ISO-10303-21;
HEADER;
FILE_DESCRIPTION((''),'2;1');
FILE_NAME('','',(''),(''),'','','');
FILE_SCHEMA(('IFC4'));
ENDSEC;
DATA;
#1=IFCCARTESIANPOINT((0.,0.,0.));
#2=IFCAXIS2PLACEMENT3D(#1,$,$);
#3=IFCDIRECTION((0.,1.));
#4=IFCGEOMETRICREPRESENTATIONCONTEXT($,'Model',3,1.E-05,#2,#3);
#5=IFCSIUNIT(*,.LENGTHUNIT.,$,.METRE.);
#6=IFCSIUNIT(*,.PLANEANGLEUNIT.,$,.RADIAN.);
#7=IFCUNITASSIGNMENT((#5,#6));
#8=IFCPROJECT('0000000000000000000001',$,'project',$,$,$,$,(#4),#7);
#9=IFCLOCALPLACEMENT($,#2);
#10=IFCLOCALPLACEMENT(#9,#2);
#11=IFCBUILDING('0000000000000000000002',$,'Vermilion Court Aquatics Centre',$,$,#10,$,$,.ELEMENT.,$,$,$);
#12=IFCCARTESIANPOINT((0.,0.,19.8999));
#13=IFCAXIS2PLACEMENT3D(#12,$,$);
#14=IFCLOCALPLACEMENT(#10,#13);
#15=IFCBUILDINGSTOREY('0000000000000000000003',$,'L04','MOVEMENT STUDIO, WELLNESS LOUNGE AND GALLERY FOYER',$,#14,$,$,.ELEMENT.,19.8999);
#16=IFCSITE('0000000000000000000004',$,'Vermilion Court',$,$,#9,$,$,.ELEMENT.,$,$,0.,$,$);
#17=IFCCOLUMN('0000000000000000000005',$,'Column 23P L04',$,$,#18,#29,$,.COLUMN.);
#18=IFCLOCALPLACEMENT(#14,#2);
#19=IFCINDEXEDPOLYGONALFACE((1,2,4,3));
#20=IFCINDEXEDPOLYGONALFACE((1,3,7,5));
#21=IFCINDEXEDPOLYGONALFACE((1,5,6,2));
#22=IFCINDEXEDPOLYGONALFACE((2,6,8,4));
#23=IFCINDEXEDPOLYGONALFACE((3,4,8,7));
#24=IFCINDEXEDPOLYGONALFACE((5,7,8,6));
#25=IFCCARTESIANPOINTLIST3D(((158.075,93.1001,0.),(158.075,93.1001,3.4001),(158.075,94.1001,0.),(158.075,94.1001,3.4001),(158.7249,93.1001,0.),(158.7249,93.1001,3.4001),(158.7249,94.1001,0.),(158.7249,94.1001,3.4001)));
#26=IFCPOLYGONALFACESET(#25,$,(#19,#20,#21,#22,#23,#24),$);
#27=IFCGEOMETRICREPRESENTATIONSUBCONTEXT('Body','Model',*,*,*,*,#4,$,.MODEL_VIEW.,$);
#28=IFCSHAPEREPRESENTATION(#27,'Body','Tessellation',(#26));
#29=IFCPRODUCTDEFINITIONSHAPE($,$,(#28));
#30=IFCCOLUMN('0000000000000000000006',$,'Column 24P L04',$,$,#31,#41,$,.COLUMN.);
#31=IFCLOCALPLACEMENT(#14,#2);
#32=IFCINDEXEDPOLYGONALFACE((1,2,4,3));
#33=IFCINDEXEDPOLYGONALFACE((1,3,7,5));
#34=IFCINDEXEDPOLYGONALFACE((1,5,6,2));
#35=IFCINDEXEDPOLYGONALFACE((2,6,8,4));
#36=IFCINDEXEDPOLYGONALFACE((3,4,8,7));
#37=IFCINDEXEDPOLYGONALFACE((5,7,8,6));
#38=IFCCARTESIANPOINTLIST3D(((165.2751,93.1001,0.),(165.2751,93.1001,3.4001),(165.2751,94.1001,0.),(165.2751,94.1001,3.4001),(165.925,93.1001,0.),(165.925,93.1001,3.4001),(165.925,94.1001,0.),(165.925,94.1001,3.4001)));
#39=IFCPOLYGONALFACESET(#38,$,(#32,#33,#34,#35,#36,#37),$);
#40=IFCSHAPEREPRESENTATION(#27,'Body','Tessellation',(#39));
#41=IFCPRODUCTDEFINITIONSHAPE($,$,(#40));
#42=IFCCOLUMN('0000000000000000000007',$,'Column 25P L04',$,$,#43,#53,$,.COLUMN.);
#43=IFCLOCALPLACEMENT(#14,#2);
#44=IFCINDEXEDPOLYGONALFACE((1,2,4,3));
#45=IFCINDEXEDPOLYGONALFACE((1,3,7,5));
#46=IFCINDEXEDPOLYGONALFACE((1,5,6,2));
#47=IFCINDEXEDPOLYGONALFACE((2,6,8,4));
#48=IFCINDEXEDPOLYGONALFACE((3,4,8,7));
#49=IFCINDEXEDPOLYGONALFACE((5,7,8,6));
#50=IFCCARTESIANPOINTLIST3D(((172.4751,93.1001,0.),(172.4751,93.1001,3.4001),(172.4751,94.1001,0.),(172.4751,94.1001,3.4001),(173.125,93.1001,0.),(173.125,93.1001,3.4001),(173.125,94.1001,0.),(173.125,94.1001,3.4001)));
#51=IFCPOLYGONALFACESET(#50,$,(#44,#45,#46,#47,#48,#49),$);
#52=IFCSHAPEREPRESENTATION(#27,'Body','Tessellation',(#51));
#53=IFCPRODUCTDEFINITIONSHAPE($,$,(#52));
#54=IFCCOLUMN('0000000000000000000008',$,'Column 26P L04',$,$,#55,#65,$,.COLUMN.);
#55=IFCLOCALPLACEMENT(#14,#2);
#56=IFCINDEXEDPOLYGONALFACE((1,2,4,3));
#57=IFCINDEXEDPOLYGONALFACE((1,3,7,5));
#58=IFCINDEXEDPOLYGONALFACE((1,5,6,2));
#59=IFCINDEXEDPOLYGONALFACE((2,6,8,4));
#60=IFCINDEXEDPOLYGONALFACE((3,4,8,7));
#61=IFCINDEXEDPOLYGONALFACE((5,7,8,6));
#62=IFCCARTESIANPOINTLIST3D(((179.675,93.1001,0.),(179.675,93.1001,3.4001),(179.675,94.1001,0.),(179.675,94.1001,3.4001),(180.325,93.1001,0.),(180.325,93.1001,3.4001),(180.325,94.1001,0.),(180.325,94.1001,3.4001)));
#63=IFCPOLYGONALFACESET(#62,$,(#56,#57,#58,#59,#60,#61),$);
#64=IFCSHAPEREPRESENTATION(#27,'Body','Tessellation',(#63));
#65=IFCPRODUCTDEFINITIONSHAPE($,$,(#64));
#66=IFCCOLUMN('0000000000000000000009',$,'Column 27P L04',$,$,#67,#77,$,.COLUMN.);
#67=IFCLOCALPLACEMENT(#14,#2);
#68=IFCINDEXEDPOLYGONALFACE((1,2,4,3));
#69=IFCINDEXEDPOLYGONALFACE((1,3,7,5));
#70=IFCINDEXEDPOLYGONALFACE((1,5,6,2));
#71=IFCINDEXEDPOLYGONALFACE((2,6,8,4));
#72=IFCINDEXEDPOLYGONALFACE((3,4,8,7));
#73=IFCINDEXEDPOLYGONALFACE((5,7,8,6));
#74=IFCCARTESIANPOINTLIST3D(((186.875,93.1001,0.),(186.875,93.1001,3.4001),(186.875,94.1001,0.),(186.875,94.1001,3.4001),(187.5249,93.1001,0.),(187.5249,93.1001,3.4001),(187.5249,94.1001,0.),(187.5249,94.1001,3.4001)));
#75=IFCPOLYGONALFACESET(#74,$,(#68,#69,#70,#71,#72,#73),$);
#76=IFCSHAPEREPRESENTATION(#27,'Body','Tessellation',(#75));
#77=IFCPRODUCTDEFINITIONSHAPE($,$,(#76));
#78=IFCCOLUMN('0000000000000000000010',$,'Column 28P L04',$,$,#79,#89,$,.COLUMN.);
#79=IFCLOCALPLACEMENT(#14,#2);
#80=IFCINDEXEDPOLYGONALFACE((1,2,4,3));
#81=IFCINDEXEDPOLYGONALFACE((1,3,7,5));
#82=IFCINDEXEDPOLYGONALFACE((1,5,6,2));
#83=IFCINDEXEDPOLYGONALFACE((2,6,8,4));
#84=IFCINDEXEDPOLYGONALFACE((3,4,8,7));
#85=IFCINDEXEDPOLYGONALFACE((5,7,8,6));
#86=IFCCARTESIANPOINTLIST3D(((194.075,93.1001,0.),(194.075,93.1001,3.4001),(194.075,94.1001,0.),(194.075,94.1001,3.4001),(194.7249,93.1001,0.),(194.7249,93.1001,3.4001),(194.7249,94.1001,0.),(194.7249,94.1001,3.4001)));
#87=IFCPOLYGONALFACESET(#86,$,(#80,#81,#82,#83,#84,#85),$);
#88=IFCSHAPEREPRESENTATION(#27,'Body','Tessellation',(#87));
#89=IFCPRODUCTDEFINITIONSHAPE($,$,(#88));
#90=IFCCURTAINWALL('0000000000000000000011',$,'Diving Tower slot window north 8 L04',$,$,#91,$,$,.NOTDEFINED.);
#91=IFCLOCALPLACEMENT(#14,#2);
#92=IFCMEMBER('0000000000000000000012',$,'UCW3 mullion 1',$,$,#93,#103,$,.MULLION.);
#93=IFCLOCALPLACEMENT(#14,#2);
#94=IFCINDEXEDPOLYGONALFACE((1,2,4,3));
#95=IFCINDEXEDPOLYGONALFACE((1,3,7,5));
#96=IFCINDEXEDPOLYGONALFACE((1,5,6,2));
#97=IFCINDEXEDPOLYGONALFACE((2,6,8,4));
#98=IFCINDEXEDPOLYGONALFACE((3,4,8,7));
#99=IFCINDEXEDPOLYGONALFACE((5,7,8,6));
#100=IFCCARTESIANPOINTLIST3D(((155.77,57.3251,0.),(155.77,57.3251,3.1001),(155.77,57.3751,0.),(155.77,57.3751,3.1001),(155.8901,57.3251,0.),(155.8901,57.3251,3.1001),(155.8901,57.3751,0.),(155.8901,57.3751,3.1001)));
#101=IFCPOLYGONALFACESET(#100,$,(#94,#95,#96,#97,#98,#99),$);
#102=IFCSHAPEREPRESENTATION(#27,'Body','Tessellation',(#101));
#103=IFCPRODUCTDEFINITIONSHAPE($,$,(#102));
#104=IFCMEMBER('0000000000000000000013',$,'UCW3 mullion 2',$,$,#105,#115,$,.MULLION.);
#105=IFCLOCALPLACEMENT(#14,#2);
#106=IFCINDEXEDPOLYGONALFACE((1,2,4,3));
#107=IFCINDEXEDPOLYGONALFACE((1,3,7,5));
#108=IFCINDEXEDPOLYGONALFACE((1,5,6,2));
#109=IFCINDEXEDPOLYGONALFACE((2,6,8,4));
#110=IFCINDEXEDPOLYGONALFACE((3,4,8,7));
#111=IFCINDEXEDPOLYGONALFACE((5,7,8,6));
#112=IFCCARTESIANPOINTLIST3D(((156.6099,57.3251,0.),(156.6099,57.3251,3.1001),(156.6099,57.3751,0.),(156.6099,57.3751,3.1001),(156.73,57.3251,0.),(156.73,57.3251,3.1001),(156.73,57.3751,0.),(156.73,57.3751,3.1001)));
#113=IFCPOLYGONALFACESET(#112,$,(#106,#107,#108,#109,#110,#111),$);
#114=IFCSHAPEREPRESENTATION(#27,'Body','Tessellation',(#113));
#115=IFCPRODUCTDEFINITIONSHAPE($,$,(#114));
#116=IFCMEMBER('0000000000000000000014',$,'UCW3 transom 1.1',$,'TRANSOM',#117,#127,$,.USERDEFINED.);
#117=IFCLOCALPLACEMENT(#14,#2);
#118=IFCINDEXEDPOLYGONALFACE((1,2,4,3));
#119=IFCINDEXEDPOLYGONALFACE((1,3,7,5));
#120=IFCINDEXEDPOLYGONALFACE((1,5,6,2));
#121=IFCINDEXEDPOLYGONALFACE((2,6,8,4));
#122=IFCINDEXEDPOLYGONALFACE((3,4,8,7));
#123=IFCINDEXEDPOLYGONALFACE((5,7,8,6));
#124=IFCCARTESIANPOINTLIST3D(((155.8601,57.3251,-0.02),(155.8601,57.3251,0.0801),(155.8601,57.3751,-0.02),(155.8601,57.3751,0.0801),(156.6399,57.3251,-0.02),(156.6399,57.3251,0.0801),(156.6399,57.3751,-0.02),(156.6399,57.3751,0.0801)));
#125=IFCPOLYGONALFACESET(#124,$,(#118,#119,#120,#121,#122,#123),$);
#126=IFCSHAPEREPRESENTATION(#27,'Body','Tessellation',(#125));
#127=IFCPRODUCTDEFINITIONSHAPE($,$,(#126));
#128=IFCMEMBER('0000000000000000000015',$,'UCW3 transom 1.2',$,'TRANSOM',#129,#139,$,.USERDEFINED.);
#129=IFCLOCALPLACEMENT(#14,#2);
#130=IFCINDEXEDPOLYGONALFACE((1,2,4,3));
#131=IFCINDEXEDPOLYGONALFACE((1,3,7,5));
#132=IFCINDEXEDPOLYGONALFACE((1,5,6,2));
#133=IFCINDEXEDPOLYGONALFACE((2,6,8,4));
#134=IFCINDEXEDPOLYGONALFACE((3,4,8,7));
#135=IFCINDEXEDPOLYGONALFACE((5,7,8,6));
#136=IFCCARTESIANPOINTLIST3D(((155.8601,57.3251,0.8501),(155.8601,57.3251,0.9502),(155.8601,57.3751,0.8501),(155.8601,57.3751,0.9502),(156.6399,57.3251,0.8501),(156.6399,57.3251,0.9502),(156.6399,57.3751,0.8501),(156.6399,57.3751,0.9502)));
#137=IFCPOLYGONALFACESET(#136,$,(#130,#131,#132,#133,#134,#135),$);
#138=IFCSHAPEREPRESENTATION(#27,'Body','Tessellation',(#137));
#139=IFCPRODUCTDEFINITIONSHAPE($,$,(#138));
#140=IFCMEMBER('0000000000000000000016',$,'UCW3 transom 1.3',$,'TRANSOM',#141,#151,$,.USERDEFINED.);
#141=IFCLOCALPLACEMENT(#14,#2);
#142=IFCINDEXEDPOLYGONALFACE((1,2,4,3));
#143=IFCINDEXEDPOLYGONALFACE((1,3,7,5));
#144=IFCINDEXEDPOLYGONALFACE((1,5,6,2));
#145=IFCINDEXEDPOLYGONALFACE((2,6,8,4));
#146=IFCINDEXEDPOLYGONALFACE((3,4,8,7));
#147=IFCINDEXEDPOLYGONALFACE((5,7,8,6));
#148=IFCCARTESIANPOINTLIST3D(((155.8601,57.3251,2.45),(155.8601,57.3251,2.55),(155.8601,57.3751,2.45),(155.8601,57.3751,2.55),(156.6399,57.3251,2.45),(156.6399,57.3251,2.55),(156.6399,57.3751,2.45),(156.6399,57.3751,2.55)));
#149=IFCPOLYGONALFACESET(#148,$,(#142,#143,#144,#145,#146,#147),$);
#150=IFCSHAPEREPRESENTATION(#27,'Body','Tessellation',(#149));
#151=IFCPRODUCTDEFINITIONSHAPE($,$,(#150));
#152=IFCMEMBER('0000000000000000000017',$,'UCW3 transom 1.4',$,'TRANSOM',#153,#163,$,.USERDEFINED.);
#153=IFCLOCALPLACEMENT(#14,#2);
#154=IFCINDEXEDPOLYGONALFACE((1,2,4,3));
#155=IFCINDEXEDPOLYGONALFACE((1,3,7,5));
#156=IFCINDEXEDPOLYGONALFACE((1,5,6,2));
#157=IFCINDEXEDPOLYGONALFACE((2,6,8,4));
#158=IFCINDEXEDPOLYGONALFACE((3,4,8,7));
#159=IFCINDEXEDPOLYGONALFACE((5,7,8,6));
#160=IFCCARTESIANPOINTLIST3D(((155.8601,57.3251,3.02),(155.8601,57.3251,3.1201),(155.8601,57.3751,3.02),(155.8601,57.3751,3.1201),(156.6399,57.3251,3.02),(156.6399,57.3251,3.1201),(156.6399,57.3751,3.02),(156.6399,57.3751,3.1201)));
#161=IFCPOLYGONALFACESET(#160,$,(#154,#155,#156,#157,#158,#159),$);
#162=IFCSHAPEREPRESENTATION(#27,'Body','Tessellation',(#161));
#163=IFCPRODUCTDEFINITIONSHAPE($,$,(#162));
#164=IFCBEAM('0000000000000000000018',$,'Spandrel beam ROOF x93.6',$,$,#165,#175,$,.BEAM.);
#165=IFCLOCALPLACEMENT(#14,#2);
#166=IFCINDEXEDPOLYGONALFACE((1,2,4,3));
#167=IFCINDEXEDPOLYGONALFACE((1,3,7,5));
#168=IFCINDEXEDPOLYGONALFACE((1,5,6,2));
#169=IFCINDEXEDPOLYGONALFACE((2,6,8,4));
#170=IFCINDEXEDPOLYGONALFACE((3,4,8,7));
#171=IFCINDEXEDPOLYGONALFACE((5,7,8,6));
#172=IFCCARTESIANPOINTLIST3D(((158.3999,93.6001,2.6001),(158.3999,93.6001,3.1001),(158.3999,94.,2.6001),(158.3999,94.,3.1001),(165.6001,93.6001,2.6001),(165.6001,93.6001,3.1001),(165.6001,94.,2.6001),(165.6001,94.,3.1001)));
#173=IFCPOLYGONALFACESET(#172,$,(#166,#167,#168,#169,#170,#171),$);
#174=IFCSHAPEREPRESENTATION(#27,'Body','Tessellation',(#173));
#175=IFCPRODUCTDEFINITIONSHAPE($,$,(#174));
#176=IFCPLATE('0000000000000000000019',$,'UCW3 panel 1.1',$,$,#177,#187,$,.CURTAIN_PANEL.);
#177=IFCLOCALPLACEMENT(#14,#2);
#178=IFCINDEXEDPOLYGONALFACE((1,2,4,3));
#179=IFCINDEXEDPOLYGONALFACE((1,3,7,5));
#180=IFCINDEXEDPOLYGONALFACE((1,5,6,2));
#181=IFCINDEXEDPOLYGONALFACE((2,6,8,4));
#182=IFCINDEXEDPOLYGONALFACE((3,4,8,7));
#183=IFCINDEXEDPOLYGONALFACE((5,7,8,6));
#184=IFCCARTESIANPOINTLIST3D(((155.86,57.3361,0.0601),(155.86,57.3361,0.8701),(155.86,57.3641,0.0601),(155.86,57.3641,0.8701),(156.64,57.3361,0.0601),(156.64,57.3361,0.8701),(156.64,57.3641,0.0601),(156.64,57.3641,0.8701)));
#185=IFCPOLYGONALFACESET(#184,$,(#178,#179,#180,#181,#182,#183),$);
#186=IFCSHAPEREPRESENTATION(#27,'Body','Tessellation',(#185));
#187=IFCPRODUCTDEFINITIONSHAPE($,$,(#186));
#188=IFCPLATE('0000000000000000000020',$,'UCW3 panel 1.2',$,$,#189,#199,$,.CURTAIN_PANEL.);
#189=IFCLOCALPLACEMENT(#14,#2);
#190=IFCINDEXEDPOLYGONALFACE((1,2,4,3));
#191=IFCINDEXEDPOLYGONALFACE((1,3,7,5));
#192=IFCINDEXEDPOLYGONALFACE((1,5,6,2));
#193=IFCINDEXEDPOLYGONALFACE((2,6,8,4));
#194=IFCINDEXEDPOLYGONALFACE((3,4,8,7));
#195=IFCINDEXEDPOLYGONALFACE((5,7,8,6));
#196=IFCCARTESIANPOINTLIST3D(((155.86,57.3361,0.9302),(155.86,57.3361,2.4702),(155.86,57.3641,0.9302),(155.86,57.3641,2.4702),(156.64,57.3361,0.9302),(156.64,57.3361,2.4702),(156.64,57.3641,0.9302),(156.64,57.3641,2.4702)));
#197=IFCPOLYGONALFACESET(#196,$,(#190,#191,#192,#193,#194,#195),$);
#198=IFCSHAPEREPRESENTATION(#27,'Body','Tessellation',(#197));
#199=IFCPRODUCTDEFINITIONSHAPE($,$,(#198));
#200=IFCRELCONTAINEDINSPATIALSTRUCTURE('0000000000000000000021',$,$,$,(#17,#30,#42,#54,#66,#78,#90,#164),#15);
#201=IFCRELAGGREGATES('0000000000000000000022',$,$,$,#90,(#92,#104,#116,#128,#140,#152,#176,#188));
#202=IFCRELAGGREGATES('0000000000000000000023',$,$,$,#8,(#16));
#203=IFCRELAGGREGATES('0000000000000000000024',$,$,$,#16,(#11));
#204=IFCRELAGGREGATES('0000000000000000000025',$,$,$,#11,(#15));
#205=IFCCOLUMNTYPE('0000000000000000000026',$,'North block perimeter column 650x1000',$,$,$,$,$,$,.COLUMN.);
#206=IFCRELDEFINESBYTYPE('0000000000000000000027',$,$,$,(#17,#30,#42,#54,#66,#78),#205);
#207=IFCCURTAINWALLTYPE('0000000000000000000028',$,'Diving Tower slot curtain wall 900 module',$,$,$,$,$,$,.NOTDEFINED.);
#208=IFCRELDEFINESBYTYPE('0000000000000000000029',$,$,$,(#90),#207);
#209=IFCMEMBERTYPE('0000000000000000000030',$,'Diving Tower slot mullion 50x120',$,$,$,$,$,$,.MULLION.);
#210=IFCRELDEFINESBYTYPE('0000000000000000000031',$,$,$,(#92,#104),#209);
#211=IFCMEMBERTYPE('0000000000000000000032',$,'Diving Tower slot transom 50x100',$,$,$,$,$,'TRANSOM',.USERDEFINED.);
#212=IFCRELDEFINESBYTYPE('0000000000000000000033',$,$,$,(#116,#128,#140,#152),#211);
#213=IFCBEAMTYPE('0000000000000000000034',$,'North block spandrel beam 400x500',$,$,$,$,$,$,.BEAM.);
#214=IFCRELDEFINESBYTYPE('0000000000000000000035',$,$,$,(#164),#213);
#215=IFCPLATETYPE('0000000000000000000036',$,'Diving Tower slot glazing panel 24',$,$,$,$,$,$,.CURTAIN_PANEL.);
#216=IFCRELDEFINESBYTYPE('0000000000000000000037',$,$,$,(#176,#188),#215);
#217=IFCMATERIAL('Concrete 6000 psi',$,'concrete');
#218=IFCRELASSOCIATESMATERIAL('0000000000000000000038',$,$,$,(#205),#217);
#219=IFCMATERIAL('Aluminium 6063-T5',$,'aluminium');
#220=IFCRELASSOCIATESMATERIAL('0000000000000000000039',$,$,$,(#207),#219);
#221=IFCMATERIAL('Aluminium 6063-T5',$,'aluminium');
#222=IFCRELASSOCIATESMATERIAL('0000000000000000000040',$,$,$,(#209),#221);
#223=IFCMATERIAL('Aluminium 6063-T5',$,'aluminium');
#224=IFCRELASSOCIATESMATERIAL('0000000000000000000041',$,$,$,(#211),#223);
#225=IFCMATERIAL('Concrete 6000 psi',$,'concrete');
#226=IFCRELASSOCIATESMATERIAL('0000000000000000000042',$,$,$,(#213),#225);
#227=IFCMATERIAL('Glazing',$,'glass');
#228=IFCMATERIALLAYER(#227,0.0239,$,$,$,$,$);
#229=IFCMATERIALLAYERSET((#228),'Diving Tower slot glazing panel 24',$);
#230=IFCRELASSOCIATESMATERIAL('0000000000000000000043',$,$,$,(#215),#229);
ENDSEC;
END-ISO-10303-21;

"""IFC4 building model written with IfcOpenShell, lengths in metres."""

from ifc_helpers import new_model, si_unit, direction, frame, origin, origin_2d, place, context, subcontext, project, spatial, rectangle, extrude, material, layer, layer_set, material_profile, profile_set, type_object, element, aggregate, save


model = new_model("IFC4")

# Units and contexts
model_context = context("Model", 3, precision=1e-05, world=origin(), true_north=direction((0.0, 1.0)))
body_context = subcontext(model_context, "Body", "Model", "MODEL_VIEW")
ifc_project = project(units=[si_unit("LENGTHUNIT", "METRE"), si_unit("PLANEANGLEUNIT", "RADIAN")], contexts=[model_context])

# Site, building, storey
site_placement = place(None, origin())
site = spatial("IfcSite", under=ifc_project, at=site_placement, Name="Vermilion Court", CompositionType="ELEMENT", RefElevation=0.0)
building_placement = place(site_placement, origin())
building = spatial("IfcBuilding", under=site, at=building_placement, Name="Vermilion Court Aquatics Centre", CompositionType="ELEMENT")
storey_placement = place(building_placement, frame((0.0, 0.0, 19.8999)))
storey = spatial("IfcBuildingStorey", under=building, at=storey_placement, Name="L04", Description="MOVEMENT STUDIO, WELLNESS LOUNGE AND GALLERY FOYER", CompositionType="ELEMENT", Elevation=19.8999)

# Columns
ifc_material_1 = material(Name="Concrete 6000 psi", Category="concrete")
ifc_material_profile_1 = material_profile(ifc_material_1, rectangle(XDim=0.6499, YDim=1.0, at=origin_2d()), Name="RC 650x1000")
ifc_profile_set_1 = profile_set([ifc_material_profile_1], Name="Concrete 6000 psi")
column_type = type_object("IfcColumnType", Name="North block perimeter column 650x1000", PredefinedType="COLUMN", material=ifc_profile_set_1)
for number, where, z_axis, x_axis, name in (
    (1, (158.3999, 93.6001, 0.0), (0.0, 0.0, 1.0), (1.0, 0.0, 0.0), "Column 23P L04"),
    (2, (165.6001, 93.6001, 0.0), (0.0, 0.0, 1.0), (1.0, 0.0, 0.0), "Column 24P L04"),
    (3, (172.8, 93.6001, 0.0), (0.0, 0.0, 1.0), (1.0, 0.0, 0.0), "Column 25P L04"),
    (4, (180.0, 93.6001, 0.0), (0.0, 0.0, 1.0), (1.0, 0.0, 0.0), "Column 26P L04"),
    (5, (187.2, 93.6001, 0.0), (0.0, 0.0, 1.0), (1.0, 0.0, 0.0), "Column 27P L04"),
    (6, (194.3999, 93.6001, 0.0), (0.0, 0.0, 1.0), (1.0, 0.0, 0.0), "Column 28P L04"),
):
    element("IfcColumn", number, at=place(storey_placement, frame(where, z_axis=z_axis, x_axis=x_axis)), inside=storey, type_object=column_type, Name=name, PredefinedType="COLUMN", context=body_context, shape_type="SweptSolid", body=[
        extrude(rectangle(XDim=0.6499, YDim=1.0, at=origin_2d()), origin(), (0.0, 0.0, 1.0), 3.4001),
    ])

# Curtain wall, members
ifc_material_2 = material(Name="Aluminium 6063-T5", Category="aluminium")
curtain_wall_type = type_object("IfcCurtainWallType", Name="Diving Tower slot curtain wall 900 module", PredefinedType="NOTDEFINED", material=ifc_material_2)
curtain_wall_placement = place(storey_placement, origin())
curtain_wall = element("IfcCurtainWall", 7, at=curtain_wall_placement, inside=storey, type_object=curtain_wall_type, Name="Diving Tower slot window north 8 L04", PredefinedType="NOTDEFINED")
ifc_material_3 = material(Name="Aluminium 6063-T5", Category="aluminium")
ifc_material_profile_2 = material_profile(ifc_material_3, rectangle(XDim=0.05, YDim=0.1201, at=origin_2d()), Name="AL 50x120")
ifc_profile_set_2 = profile_set([ifc_material_profile_2], Name="Aluminium 6063-T5")
member_type_1 = type_object("IfcMemberType", Name="Diving Tower slot mullion 50x120", PredefinedType="MULLION", material=ifc_profile_set_2)
member_1_placement = place(storey_placement, frame((155.8301, 57.3501, 0.0), z_axis=(0.0, 0.0, 1.0), x_axis=(0.0, 1.0, 0.0)))
member_1 = element("IfcMember", 8, at=member_1_placement, type_object=member_type_1, Name="UCW3 mullion 1", PredefinedType="MULLION", context=body_context, shape_type="SweptSolid", body=[
    extrude(rectangle(XDim=0.05, YDim=0.1201, at=origin_2d()), origin(), (0.0, 0.0, 1.0), 3.1001),
])
member_2_placement = place(storey_placement, frame((156.6699, 57.3501, 0.0), z_axis=(0.0, 0.0, 1.0), x_axis=(0.0, 1.0, 0.0)))
member_2 = element("IfcMember", 9, at=member_2_placement, type_object=member_type_1, Name="UCW3 mullion 2", PredefinedType="MULLION", context=body_context, shape_type="SweptSolid", body=[
    extrude(rectangle(XDim=0.05, YDim=0.1201, at=origin_2d()), origin(), (0.0, 0.0, 1.0), 3.1001),
])
ifc_material_4 = material(Name="Aluminium 6063-T5", Category="aluminium")
ifc_material_profile_3 = material_profile(ifc_material_4, rectangle(XDim=0.05, YDim=0.1001, at=origin_2d()), Name="AL 50x100")
ifc_profile_set_3 = profile_set([ifc_material_profile_3], Name="Aluminium 6063-T5")
member_type_2 = type_object("IfcMemberType", Name="Diving Tower slot transom 50x100", ElementType="TRANSOM", PredefinedType="USERDEFINED", material=ifc_profile_set_3)
member_3_placement = place(storey_placement, frame((155.8601, 57.3501, 0.03), z_axis=(1.0, 0.0, 0.0), x_axis=(0.0, 1.0, 0.0)))
member_3 = element("IfcMember", 10, at=member_3_placement, type_object=member_type_2, Name="UCW3 transom 1.1", ObjectType="TRANSOM", PredefinedType="USERDEFINED", context=body_context, shape_type="SweptSolid", body=[
    extrude(rectangle(XDim=0.05, YDim=0.1001, at=origin_2d()), origin(), (0.0, 0.0, 1.0), 0.7798),
])
member_4_placement = place(storey_placement, frame((155.8601, 57.3501, 0.9001), z_axis=(1.0, 0.0, 0.0), x_axis=(0.0, 1.0, 0.0)))
member_4 = element("IfcMember", 11, at=member_4_placement, type_object=member_type_2, Name="UCW3 transom 1.2", ObjectType="TRANSOM", PredefinedType="USERDEFINED", context=body_context, shape_type="SweptSolid", body=[
    extrude(rectangle(XDim=0.05, YDim=0.1001, at=origin_2d()), origin(), (0.0, 0.0, 1.0), 0.7798),
])
member_5_placement = place(storey_placement, frame((155.8601, 57.3501, 2.5), z_axis=(1.0, 0.0, 0.0), x_axis=(0.0, 1.0, 0.0)))
member_5 = element("IfcMember", 12, at=member_5_placement, type_object=member_type_2, Name="UCW3 transom 1.3", ObjectType="TRANSOM", PredefinedType="USERDEFINED", context=body_context, shape_type="SweptSolid", body=[
    extrude(rectangle(XDim=0.05, YDim=0.1001, at=origin_2d()), origin(), (0.0, 0.0, 1.0), 0.7798),
])
member_6_placement = place(storey_placement, frame((155.8601, 57.3501, 3.0701), z_axis=(1.0, 0.0, 0.0), x_axis=(0.0, 1.0, 0.0)))
member_6 = element("IfcMember", 13, at=member_6_placement, type_object=member_type_2, Name="UCW3 transom 1.4", ObjectType="TRANSOM", PredefinedType="USERDEFINED", context=body_context, shape_type="SweptSolid", body=[
    extrude(rectangle(XDim=0.05, YDim=0.1001, at=origin_2d()), origin(), (0.0, 0.0, 1.0), 0.7798),
])

# Beam
ifc_material_5 = material(Name="Concrete 6000 psi", Category="concrete")
ifc_material_profile_4 = material_profile(ifc_material_5, rectangle(XDim=0.3999, YDim=0.5, at=origin_2d()), Name="RC 400x500")
ifc_profile_set_4 = profile_set([ifc_material_profile_4], Name="Concrete 6000 psi")
beam_type = type_object("IfcBeamType", Name="North block spandrel beam 400x500", PredefinedType="BEAM", material=ifc_profile_set_4)
beam_placement = place(storey_placement, frame((158.3999, 93.8, 2.8501), z_axis=(1.0, 0.0, 0.0), x_axis=(0.0, 1.0, 0.0)))
element("IfcBeam", 14, at=beam_placement, inside=storey, type_object=beam_type, Name="Spandrel beam ROOF x93.6", PredefinedType="BEAM", context=body_context, shape_type="SweptSolid", body=[
    extrude(rectangle(XDim=0.3999, YDim=0.5, at=origin_2d()), origin(), (0.0, 0.0, 1.0), 7.2002),
])

# Plates
ifc_material_6 = material(Name="Glazing", Category="glass")
ifc_layer_1 = layer(ifc_material_6, 0.0239)
ifc_layer_set_1 = layer_set([ifc_layer_1], Name="Diving Tower slot glazing panel 24")
plate_type = type_object("IfcPlateType", Name="Diving Tower slot glazing panel 24", PredefinedType="CURTAIN_PANEL", material=ifc_layer_set_1)
plate_1_placement = place(storey_placement, frame((156.25, 57.3501, 0.0601), z_axis=(0.0, 0.0, 1.0), x_axis=(1.0, 0.0, 0.0)))
plate_1 = element("IfcPlate", 15, at=plate_1_placement, type_object=plate_type, Name="UCW3 panel 1.1", PredefinedType="CURTAIN_PANEL", context=body_context, shape_type="SweptSolid", body=[
    extrude(rectangle(XDim=0.78, YDim=0.0281, at=origin_2d()), origin(), (0.0, 0.0, 1.0), 0.8101),
])
plate_2_placement = place(storey_placement, frame((156.25, 57.3501, 0.9302), z_axis=(0.0, 0.0, 1.0), x_axis=(1.0, 0.0, 0.0)))
plate_2 = element("IfcPlate", 16, at=plate_2_placement, type_object=plate_type, Name="UCW3 panel 1.2", PredefinedType="CURTAIN_PANEL", context=body_context, shape_type="SweptSolid", body=[
    extrude(rectangle(XDim=0.78, YDim=0.0281, at=origin_2d()), origin(), (0.0, 0.0, 1.0), 1.54),
])
aggregate(curtain_wall, [member_1, member_2, member_3, member_4, member_5, member_6, plate_1, plate_2])

save(model, "model.ifc")
